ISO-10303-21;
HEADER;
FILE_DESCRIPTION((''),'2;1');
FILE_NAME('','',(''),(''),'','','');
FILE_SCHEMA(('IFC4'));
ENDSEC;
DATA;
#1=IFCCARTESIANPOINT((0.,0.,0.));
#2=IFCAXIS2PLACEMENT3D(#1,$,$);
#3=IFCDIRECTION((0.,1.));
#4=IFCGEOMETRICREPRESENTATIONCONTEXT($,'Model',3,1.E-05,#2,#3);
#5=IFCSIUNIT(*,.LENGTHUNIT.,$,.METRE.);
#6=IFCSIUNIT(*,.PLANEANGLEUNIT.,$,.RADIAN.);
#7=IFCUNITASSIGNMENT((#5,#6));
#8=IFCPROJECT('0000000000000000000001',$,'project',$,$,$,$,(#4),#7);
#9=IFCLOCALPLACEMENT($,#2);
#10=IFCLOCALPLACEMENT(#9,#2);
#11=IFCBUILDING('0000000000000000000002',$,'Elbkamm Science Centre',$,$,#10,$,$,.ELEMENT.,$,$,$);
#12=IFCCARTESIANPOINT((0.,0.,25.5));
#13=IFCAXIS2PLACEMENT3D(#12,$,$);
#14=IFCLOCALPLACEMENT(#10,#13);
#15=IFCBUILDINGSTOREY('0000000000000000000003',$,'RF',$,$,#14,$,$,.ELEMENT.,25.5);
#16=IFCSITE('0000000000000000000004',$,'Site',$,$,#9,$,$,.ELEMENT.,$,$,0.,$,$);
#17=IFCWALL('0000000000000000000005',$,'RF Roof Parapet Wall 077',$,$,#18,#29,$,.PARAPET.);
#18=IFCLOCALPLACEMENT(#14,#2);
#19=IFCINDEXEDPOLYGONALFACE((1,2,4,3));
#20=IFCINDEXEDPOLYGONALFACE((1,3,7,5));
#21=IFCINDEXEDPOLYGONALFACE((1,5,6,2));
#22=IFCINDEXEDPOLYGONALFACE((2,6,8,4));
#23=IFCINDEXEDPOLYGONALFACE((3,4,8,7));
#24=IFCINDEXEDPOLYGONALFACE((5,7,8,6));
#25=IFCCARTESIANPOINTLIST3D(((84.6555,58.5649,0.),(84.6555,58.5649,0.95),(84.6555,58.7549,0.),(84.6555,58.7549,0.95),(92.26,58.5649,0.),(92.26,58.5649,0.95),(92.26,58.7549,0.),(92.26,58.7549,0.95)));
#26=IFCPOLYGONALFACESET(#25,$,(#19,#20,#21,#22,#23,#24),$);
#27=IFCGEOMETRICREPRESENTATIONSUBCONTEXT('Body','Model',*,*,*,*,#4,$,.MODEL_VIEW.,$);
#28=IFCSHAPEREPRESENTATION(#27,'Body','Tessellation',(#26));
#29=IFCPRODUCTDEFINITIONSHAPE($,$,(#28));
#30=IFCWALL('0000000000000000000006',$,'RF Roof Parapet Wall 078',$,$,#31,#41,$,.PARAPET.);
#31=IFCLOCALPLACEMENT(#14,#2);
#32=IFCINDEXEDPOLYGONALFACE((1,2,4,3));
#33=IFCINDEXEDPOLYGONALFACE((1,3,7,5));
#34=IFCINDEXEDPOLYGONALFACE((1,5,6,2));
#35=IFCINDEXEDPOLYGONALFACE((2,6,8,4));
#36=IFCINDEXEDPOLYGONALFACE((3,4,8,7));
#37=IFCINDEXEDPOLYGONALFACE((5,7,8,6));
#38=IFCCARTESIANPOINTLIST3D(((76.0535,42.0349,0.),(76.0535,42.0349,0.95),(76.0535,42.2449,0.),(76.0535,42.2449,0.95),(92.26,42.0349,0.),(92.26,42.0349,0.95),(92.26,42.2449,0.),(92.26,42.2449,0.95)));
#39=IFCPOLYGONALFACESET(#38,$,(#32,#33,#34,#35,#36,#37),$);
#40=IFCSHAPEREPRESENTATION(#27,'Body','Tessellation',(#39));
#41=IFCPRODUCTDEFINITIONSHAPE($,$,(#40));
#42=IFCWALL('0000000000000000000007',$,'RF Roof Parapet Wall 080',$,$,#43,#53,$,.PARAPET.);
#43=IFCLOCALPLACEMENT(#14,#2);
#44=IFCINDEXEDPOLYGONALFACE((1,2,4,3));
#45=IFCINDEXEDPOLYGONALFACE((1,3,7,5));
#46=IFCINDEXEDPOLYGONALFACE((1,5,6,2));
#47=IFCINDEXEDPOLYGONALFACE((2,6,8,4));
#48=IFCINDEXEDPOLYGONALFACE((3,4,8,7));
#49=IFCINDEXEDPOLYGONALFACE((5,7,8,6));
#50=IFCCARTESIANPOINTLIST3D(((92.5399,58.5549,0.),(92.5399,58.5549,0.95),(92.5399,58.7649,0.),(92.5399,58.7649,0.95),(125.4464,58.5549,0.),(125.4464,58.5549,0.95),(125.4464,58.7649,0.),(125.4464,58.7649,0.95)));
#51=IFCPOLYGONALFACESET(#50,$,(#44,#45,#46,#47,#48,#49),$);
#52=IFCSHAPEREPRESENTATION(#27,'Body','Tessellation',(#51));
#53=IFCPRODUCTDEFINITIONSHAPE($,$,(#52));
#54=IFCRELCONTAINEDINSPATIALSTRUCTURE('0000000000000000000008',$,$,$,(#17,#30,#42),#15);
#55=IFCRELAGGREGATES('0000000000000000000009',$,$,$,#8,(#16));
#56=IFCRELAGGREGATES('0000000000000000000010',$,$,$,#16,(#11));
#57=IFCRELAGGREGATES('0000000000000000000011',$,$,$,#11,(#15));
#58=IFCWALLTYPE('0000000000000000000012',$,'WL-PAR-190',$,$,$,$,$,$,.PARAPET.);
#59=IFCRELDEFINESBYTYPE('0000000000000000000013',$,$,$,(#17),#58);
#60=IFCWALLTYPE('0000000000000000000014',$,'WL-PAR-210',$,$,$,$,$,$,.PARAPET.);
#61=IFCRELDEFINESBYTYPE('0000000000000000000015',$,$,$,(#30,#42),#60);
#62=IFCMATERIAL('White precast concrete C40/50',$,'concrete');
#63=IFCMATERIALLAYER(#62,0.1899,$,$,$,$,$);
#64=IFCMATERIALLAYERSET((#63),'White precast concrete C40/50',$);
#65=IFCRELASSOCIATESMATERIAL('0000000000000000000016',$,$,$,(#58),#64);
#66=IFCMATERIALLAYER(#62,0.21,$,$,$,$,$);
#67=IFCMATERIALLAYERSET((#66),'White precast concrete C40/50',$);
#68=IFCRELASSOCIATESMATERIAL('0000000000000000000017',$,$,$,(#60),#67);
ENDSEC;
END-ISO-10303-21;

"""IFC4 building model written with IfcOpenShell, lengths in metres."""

from ifc_helpers import new_model, si_unit, direction, frame, frame_2d, origin, place, context, subcontext, project, spatial, rectangle, extrude, material, layer, layer_set, type_object, element, save


model = new_model("IFC4")

# Units and contexts
model_context = context("Model", 3, precision=1e-05, world=origin(), true_north=direction((0.0, 1.0)))
body_context = subcontext(model_context, "Body", "Model", "MODEL_VIEW")
ifc_project = project(units=[si_unit("LENGTHUNIT", "METRE"), si_unit("PLANEANGLEUNIT", "RADIAN")], contexts=[model_context])

# Site, building, storey
site_placement = place(None, origin())
site = spatial("IfcSite", under=ifc_project, at=site_placement, Name="Site", CompositionType="ELEMENT", RefElevation=0.0)
building_placement = place(site_placement, origin())
building = spatial("IfcBuilding", under=site, at=building_placement, Name="Elbkamm Science Centre", CompositionType="ELEMENT")
storey_placement = place(building_placement, frame((0.0, 0.0, 25.5)))
storey = spatial("IfcBuildingStorey", under=building, at=storey_placement, Name="RF", CompositionType="ELEMENT", Elevation=25.5)

# Walls
ifc_material_1 = material(Name="White precast concrete C40/50", Category="concrete")
ifc_layer_1 = layer(ifc_material_1, 0.1899)
ifc_layer_set_1 = layer_set([ifc_layer_1], Name="White precast concrete C40/50")
wall_type_1 = type_object("IfcWallType", Name="WL-PAR-190", PredefinedType="PARAPET", material=ifc_layer_set_1)
wall_1_placement = place(storey_placement, frame((84.6555, 58.6599, 0.0), z_axis=(0.0, 0.0, 1.0), x_axis=(1.0, 0.0, 0.0)))
element("IfcWall", 1, at=wall_1_placement, inside=storey, type_object=wall_type_1, Name="RF Roof Parapet Wall 077", PredefinedType="PARAPET", context=body_context, shape_type="SweptSolid", body=[
    extrude(rectangle(XDim=7.6045, YDim=0.1899, at=frame_2d((3.8022, 0.0))), origin(), (0.0, 0.0, 1.0), 0.95),
])
ifc_layer_2 = layer(ifc_material_1, 0.21)
ifc_layer_set_2 = layer_set([ifc_layer_2], Name="White precast concrete C40/50")
wall_type_2 = type_object("IfcWallType", Name="WL-PAR-210", PredefinedType="PARAPET", material=ifc_layer_set_2)
wall_2_placement = place(storey_placement, frame((92.26, 42.1399, 0.0), z_axis=(0.0, 0.0, 1.0), x_axis=(-1.0, 0.0, 0.0)))
element("IfcWall", 2, at=wall_2_placement, inside=storey, type_object=wall_type_2, Name="RF Roof Parapet Wall 078", PredefinedType="PARAPET", context=body_context, shape_type="SweptSolid", body=[
    extrude(rectangle(XDim=16.2065, YDim=0.21, at=frame_2d((8.1033, 0.0))), origin(), (0.0, 0.0, 1.0), 0.95),
])
wall_3_placement = place(storey_placement, frame((92.54, 58.6599, 0.0), z_axis=(0.0, 0.0, 1.0), x_axis=(1.0, 0.0, 0.0)))
element("IfcWall", 3, at=wall_3_placement, inside=storey, type_object=wall_type_2, Name="RF Roof Parapet Wall 080", PredefinedType="PARAPET", context=body_context, shape_type="SweptSolid", body=[
    extrude(rectangle(XDim=32.9065, YDim=0.21, at=frame_2d((16.4531, 0.0))), origin(), (0.0, 0.0, 1.0), 0.95),
])

save(model, "model.ifc")
